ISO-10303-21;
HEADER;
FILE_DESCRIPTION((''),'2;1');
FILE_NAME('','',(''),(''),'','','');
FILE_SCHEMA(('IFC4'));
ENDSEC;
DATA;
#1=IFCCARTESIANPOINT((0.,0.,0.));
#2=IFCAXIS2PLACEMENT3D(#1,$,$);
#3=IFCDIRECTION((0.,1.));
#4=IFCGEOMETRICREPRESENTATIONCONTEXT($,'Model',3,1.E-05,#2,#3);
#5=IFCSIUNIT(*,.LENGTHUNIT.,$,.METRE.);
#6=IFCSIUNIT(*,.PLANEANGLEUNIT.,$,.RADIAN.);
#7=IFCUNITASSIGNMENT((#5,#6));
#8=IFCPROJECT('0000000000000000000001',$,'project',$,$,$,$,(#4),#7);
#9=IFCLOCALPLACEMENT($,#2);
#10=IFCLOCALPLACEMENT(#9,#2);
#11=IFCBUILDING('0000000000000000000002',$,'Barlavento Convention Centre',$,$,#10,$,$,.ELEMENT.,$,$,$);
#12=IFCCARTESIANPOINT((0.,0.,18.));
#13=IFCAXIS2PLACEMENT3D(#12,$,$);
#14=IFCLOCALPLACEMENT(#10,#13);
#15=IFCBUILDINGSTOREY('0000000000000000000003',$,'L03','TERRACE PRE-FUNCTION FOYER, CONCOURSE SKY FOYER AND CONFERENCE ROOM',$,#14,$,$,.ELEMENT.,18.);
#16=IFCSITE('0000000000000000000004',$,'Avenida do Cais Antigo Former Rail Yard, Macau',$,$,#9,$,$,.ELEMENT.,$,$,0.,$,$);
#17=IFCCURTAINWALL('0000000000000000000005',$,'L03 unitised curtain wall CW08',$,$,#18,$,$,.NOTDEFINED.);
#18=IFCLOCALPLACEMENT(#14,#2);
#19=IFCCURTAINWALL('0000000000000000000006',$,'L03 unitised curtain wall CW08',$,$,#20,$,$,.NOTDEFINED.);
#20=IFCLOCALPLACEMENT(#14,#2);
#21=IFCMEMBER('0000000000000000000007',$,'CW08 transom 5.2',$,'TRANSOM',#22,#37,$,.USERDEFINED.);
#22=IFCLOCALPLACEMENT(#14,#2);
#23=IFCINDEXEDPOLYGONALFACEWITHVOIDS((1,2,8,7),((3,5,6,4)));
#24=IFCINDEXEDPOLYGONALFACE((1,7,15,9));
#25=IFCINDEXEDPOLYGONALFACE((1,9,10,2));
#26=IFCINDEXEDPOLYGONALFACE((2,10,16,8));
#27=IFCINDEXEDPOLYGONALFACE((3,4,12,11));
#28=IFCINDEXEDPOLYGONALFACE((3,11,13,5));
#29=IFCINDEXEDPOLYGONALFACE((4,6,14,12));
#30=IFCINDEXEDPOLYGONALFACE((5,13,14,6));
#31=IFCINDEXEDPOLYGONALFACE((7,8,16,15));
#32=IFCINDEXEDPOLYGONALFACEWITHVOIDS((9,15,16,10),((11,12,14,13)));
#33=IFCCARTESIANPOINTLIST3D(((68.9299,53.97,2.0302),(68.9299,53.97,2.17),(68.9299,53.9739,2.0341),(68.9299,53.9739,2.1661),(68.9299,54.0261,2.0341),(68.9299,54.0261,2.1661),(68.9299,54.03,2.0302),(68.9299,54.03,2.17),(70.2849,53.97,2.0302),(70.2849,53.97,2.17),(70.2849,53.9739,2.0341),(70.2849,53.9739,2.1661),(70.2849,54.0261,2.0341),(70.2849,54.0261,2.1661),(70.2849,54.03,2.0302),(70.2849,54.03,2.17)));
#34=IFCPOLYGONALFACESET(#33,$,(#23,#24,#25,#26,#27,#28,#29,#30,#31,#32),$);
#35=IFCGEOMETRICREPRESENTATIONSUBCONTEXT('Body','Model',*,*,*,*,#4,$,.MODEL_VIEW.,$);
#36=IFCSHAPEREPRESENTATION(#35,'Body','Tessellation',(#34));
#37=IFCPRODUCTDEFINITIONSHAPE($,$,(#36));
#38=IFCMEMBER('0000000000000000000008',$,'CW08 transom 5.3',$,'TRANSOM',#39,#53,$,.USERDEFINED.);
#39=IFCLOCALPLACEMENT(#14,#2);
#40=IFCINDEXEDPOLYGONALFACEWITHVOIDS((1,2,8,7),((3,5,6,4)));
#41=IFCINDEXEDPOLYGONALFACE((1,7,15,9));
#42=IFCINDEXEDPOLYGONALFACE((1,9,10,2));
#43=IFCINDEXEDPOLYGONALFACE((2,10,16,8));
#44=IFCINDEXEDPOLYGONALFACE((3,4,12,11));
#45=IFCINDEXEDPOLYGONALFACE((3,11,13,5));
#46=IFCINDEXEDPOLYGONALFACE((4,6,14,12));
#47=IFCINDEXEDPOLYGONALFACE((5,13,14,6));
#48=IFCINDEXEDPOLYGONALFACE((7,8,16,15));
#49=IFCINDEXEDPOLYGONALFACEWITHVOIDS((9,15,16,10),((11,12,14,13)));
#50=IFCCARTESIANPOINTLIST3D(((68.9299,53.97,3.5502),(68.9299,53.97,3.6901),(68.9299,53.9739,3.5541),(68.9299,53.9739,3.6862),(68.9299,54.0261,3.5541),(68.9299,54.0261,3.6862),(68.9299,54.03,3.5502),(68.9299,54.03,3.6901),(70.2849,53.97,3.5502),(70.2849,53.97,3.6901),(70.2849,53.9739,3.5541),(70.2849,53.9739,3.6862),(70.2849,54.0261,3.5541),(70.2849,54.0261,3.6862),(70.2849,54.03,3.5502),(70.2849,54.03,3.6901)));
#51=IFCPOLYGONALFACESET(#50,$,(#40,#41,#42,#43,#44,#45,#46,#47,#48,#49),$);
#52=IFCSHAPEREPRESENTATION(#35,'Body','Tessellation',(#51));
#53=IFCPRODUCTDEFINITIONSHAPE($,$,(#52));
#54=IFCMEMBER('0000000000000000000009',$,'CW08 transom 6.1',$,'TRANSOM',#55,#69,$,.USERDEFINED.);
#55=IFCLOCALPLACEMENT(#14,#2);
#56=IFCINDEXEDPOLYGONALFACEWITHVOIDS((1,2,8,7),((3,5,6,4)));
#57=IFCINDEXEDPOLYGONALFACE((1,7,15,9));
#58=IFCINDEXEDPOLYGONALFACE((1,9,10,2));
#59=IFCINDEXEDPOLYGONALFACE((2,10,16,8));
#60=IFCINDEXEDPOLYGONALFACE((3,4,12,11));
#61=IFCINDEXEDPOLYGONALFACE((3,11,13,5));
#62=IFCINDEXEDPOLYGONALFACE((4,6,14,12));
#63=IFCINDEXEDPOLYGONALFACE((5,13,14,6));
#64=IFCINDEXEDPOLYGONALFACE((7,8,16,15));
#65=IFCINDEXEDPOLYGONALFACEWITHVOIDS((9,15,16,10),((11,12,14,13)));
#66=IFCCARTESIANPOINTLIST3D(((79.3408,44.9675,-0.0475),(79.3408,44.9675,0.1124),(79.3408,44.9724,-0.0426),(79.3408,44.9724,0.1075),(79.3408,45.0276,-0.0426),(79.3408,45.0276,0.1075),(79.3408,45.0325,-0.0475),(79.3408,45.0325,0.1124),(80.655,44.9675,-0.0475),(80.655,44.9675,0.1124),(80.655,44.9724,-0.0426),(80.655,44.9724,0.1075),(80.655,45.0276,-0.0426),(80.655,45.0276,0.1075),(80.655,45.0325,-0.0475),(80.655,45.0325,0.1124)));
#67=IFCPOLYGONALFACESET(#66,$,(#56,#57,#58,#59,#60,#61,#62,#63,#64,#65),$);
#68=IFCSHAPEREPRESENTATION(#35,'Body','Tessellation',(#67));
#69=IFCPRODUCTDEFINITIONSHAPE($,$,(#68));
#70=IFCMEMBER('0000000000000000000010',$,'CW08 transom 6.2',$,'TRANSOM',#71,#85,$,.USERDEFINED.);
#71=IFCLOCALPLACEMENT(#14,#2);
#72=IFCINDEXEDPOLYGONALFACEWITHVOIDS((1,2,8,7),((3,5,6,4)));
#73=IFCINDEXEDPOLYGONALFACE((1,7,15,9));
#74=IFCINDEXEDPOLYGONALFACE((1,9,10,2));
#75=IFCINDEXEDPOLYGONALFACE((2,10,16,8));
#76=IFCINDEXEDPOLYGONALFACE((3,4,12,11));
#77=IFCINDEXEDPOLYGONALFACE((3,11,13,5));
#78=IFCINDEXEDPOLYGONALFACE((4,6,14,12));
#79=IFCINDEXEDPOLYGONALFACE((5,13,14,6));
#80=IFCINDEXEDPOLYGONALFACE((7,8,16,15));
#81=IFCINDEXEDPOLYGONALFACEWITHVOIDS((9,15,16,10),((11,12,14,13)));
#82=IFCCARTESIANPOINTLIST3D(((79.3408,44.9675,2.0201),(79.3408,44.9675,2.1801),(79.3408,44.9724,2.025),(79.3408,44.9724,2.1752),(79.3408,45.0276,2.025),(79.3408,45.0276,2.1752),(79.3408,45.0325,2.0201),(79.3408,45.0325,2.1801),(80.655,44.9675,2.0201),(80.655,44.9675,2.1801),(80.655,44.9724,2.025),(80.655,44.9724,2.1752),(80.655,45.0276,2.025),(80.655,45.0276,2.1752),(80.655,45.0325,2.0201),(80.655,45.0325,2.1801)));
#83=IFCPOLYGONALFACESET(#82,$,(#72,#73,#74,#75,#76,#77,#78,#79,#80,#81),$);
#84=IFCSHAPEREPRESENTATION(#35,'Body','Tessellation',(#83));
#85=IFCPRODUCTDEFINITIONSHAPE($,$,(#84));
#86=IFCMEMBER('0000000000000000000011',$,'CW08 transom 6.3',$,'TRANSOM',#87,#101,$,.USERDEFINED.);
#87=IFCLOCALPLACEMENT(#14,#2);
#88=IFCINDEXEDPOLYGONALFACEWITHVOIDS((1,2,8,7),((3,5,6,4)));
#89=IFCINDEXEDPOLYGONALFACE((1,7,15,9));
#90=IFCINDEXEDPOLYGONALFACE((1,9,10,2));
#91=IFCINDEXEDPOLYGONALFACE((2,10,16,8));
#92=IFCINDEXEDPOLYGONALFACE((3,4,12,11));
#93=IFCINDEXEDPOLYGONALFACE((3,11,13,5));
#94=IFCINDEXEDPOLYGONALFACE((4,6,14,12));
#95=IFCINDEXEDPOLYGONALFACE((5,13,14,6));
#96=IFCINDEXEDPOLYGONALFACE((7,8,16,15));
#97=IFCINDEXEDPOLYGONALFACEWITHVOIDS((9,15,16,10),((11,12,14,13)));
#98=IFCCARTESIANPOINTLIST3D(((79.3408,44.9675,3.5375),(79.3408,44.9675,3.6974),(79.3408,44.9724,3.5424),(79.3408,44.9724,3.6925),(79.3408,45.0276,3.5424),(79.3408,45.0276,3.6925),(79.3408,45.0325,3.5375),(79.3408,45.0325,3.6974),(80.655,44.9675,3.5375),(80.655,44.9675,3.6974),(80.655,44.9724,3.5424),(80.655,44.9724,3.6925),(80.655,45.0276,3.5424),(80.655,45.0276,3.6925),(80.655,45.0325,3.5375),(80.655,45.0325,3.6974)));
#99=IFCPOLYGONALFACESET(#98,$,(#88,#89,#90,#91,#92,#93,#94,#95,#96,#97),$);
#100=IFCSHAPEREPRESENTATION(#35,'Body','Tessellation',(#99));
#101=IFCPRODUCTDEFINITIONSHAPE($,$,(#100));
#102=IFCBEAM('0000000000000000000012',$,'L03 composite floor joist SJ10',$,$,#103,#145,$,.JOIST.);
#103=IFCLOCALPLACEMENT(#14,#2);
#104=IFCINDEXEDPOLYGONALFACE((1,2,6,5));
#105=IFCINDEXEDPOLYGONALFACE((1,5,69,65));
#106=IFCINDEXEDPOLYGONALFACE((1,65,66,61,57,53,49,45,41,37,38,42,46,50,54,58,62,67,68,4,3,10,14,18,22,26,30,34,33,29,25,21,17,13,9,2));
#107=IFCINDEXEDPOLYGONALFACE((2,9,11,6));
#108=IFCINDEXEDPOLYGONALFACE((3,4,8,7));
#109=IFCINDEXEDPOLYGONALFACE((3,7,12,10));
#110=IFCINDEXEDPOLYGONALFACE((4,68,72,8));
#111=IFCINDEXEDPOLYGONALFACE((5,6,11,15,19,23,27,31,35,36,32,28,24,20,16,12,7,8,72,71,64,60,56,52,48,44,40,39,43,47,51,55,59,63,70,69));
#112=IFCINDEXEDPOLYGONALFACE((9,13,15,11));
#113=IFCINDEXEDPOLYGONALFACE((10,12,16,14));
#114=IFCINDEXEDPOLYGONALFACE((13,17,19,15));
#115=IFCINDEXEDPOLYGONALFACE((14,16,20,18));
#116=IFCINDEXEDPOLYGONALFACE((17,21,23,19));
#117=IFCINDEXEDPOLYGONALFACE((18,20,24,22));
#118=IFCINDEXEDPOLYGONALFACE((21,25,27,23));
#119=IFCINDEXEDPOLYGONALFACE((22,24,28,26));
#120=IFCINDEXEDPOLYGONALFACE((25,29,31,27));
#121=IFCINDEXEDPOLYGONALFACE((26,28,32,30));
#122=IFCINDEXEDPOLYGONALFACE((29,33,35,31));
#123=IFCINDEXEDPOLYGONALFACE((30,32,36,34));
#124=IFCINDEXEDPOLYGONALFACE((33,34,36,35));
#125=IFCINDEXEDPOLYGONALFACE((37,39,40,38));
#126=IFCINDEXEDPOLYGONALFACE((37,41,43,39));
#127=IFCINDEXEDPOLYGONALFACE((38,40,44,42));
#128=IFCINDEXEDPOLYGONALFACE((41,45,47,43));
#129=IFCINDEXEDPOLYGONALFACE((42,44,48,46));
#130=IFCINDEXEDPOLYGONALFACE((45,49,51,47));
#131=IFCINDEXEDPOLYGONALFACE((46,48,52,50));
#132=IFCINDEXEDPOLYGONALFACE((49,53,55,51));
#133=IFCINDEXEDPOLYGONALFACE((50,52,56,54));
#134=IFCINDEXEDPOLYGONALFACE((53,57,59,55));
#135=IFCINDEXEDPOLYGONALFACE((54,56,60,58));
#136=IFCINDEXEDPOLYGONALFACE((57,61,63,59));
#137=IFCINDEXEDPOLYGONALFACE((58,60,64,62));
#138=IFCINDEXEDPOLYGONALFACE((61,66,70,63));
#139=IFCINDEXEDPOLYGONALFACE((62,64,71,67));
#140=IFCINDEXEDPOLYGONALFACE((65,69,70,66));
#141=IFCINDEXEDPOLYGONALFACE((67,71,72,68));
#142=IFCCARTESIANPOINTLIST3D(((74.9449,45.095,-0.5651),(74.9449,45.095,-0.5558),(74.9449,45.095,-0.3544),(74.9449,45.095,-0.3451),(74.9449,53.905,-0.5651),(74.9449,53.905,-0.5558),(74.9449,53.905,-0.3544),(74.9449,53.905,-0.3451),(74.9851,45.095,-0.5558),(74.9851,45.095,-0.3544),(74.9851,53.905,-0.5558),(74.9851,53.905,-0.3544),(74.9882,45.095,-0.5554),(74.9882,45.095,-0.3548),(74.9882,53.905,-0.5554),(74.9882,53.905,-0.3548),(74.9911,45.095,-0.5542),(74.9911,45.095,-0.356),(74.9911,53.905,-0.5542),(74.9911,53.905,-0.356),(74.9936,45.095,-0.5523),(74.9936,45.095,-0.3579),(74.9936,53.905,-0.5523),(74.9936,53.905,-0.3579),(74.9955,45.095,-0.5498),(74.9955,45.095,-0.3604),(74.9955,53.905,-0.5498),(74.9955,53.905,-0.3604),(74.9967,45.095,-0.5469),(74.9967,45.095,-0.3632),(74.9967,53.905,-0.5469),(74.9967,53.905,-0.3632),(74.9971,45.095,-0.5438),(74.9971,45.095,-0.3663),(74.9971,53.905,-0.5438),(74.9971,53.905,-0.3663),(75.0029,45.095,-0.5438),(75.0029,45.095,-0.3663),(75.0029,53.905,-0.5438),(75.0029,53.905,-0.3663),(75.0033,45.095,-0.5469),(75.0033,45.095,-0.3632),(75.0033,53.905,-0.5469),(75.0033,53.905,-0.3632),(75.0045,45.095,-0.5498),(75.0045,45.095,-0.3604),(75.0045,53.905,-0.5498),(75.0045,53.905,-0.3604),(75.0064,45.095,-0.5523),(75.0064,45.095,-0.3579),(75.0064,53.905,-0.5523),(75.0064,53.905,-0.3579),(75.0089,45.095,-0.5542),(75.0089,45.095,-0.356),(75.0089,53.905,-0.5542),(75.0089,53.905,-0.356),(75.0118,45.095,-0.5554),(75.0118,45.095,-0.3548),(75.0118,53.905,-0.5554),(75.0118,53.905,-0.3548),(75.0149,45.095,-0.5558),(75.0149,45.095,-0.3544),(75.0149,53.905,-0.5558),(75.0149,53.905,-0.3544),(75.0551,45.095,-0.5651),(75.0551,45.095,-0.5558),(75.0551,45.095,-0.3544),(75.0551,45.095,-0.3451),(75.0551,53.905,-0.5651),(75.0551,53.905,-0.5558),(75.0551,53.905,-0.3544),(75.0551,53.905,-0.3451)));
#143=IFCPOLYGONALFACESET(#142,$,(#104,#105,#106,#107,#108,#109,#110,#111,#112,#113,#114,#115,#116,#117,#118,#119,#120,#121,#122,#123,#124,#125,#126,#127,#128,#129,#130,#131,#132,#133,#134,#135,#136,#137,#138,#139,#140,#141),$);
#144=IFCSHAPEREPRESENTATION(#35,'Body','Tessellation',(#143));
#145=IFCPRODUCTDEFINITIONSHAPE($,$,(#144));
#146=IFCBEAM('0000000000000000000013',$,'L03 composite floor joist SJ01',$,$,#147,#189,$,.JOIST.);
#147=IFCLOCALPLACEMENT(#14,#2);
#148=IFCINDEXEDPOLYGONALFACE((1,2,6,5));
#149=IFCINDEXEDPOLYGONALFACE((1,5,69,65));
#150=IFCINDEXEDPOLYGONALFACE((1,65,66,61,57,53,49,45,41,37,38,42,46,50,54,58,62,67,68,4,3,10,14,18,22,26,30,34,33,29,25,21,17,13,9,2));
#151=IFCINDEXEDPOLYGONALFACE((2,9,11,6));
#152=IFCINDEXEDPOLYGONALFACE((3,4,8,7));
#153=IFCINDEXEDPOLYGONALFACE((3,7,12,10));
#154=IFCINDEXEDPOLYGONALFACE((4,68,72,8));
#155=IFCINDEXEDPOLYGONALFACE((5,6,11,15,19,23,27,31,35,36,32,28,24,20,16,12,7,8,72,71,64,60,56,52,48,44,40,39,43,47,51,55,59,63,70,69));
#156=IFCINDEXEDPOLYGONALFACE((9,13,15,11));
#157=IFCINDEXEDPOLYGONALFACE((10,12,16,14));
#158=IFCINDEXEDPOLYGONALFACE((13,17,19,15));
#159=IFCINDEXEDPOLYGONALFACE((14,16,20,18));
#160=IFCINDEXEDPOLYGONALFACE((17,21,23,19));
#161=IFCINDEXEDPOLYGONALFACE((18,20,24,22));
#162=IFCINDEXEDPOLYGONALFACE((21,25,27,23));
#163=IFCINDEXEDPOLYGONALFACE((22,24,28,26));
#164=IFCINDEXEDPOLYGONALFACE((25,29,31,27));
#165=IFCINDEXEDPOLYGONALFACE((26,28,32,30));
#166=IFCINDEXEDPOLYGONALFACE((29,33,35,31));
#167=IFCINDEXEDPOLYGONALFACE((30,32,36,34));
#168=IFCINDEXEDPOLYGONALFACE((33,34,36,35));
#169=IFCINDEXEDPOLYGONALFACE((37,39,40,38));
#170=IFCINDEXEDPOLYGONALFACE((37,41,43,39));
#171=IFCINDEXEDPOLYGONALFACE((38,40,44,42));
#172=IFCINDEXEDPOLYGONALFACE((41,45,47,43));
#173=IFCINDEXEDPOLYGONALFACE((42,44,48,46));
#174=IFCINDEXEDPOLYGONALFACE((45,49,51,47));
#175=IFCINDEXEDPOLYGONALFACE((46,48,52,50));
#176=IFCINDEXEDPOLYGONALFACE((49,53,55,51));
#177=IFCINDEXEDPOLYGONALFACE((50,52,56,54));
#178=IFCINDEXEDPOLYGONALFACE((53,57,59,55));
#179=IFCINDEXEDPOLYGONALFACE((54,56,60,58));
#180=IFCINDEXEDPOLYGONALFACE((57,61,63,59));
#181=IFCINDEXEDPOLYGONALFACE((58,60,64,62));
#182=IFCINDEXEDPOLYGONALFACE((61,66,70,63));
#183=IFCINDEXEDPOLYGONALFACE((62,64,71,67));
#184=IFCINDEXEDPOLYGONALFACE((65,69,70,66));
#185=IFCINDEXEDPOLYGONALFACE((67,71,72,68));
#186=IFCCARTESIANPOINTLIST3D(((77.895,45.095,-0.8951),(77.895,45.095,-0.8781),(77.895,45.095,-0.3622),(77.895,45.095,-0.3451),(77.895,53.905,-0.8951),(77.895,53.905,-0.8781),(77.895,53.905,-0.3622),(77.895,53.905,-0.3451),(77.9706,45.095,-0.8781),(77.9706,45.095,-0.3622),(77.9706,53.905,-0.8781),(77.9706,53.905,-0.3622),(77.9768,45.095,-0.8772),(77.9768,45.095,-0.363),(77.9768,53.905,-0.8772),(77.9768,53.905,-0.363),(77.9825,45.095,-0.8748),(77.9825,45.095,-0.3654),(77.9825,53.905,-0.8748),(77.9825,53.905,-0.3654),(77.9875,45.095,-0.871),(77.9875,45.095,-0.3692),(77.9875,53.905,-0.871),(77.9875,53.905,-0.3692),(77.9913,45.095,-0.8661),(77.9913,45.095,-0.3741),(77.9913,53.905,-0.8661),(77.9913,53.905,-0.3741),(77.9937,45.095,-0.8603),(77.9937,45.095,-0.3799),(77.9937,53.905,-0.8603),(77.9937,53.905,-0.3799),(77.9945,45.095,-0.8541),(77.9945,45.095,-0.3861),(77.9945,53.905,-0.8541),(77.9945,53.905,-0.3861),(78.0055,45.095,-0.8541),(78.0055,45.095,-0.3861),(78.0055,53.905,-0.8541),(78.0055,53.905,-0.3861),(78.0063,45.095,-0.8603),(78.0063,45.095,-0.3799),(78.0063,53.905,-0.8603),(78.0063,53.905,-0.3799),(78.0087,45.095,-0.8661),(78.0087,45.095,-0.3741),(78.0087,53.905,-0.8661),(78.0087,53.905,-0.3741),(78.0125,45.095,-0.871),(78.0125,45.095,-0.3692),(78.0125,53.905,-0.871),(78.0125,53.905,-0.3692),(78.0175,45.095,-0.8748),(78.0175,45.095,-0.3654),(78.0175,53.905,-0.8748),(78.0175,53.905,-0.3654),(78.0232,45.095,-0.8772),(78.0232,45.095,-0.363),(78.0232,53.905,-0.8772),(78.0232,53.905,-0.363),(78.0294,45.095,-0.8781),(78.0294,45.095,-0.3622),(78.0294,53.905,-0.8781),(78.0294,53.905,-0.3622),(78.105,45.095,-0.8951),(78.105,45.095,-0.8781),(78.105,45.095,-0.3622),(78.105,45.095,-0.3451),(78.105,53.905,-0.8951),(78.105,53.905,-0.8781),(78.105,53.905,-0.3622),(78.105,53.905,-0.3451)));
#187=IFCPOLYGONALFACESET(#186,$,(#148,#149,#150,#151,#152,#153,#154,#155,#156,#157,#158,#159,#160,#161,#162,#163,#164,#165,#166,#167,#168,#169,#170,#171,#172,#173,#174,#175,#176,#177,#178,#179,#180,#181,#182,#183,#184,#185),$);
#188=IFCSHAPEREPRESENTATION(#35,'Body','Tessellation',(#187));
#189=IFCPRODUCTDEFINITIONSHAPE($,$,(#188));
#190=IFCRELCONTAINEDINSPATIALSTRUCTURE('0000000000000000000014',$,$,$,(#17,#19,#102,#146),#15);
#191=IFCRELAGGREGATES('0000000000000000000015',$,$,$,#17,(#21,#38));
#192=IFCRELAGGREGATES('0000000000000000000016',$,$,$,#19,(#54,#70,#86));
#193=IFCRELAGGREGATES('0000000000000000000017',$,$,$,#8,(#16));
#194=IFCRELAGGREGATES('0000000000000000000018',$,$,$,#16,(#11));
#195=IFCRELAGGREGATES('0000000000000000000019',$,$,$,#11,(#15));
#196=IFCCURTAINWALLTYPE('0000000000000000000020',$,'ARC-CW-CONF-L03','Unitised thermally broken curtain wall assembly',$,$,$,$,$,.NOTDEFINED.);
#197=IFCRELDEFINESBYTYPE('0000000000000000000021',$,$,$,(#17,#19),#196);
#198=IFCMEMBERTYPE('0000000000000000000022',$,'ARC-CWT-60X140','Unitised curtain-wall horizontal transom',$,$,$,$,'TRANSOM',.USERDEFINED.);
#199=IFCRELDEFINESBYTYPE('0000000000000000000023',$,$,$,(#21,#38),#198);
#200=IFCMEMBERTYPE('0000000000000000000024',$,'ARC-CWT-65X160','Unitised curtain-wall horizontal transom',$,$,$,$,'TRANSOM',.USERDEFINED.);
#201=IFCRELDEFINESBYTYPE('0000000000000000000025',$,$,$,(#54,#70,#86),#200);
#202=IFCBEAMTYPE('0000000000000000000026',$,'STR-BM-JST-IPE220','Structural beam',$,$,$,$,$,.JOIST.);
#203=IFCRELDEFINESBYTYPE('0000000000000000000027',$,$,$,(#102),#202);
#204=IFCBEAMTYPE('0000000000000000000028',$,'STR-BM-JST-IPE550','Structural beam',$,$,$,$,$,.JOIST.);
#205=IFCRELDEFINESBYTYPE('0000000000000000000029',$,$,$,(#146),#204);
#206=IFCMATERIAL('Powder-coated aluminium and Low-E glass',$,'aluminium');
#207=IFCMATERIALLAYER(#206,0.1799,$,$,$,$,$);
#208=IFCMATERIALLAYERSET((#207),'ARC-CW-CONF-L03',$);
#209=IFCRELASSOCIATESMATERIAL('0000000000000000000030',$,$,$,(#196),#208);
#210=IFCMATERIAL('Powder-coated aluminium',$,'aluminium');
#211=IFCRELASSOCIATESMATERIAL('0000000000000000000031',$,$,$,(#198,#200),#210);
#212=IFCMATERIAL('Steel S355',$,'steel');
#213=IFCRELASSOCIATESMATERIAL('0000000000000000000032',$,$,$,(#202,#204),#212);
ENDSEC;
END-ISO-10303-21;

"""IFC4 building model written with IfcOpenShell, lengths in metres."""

from ifc_helpers import new_model, si_unit, direction, frame, origin, origin_2d, place, context, subcontext, project, spatial, hollow_rectangle, i_section, extrude, material, layer, layer_set, material_profile, profile_set, type_object, element, aggregate, save


model = new_model("IFC4")

# Units and contexts
model_context = context("Model", 3, precision=1e-05, world=origin(), true_north=direction((0.0, 1.0)))
body_context = subcontext(model_context, "Body", "Model", "MODEL_VIEW")
ifc_project = project(units=[si_unit("LENGTHUNIT", "METRE"), si_unit("PLANEANGLEUNIT", "RADIAN")], contexts=[model_context])

# Site, building, storey
site_placement = place(None, origin())
site = spatial("IfcSite", under=ifc_project, at=site_placement, Name="Avenida do Cais Antigo Former Rail Yard, Macau", CompositionType="ELEMENT", RefElevation=0.0)
building_placement = place(site_placement, origin())
building = spatial("IfcBuilding", under=site, at=building_placement, Name="Barlavento Convention Centre", CompositionType="ELEMENT")
storey_placement = place(building_placement, frame((0.0, 0.0, 18.0)))
storey = spatial("IfcBuildingStorey", under=building, at=storey_placement, Name="L03", Description="TERRACE PRE-FUNCTION FOYER, CONCOURSE SKY FOYER AND CONFERENCE ROOM", CompositionType="ELEMENT", Elevation=18.0)

# Shared definitions
ifc_material_1 = material(Name="Steel S355", Category="steel")

# Curtain walls
ifc_material_2 = material(Name="Powder-coated aluminium and Low-E glass", Category="aluminium")
ifc_layer_1 = layer(ifc_material_2, 0.1799)
ifc_layer_set_1 = layer_set([ifc_layer_1], Name="ARC-CW-CONF-L03")
curtain_wall_type = type_object("IfcCurtainWallType", Name="ARC-CW-CONF-L03", Description="Unitised thermally broken curtain wall assembly", PredefinedType="NOTDEFINED", material=ifc_layer_set_1)
curtain_wall_1_placement = place(storey_placement, origin())
curtain_wall_1 = element("IfcCurtainWall", 1, at=curtain_wall_1_placement, inside=storey, type_object=curtain_wall_type, Name="L03 unitised curtain wall CW08", PredefinedType="NOTDEFINED")
ifc_material_3 = material(Name="Powder-coated aluminium", Category="aluminium")
curtain_wall_2_placement = place(storey_placement, origin())
curtain_wall_2 = element("IfcCurtainWall", 2, at=curtain_wall_2_placement, inside=storey, type_object=curtain_wall_type, Name="L03 unitised curtain wall CW08", PredefinedType="NOTDEFINED")

# Members
ifc_material_profile_1 = material_profile(ifc_material_3, hollow_rectangle(XDim=0.0601, YDim=0.1399, WallThickness=0.0039, at=origin_2d()), Name="AL-TRAN 60x140x4")
ifc_profile_set_1 = profile_set([ifc_material_profile_1], Name="Powder-coated aluminium")
member_type_1 = type_object("IfcMemberType", Name="ARC-CWT-60X140", Description="Unitised curtain-wall horizontal transom", ElementType="TRANSOM", PredefinedType="USERDEFINED", material=ifc_profile_set_1)
member_1_placement = place(storey_placement, frame((68.9299, 54.0, 2.1001), z_axis=(1.0, 0.0, 0.0), x_axis=(0.0, 1.0, 0.0)))
member_1 = element("IfcMember", 3, at=member_1_placement, type_object=member_type_1, Name="CW08 transom 5.2", ObjectType="TRANSOM", PredefinedType="USERDEFINED", context=body_context, shape_type="SweptSolid", body=[
    extrude(hollow_rectangle(XDim=0.0601, YDim=0.1399, WallThickness=0.0039, at=origin_2d()), origin(), (0.0, 0.0, 1.0), 1.355),
])
member_2_placement = place(storey_placement, frame((68.9299, 54.0, 3.6201), z_axis=(1.0, 0.0, 0.0), x_axis=(0.0, 1.0, 0.0)))
member_2 = element("IfcMember", 4, at=member_2_placement, type_object=member_type_1, Name="CW08 transom 5.3", ObjectType="TRANSOM", PredefinedType="USERDEFINED", context=body_context, shape_type="SweptSolid", body=[
    extrude(hollow_rectangle(XDim=0.0601, YDim=0.1399, WallThickness=0.0039, at=origin_2d()), origin(), (0.0, 0.0, 1.0), 1.355),
])
ifc_material_profile_2 = material_profile(ifc_material_3, hollow_rectangle(XDim=0.0649, YDim=0.1599, WallThickness=0.0049, at=origin_2d()), Name="AL-TRAN 65x160x5")
ifc_profile_set_2 = profile_set([ifc_material_profile_2], Name="Powder-coated aluminium")
member_type_2 = type_object("IfcMemberType", Name="ARC-CWT-65X160", Description="Unitised curtain-wall horizontal transom", ElementType="TRANSOM", PredefinedType="USERDEFINED", material=ifc_profile_set_2)
member_3_placement = place(storey_placement, frame((79.3408, 45.0, 0.0325), z_axis=(1.0, 0.0, 0.0), x_axis=(0.0, 1.0, 0.0)))
member_3 = element("IfcMember", 5, at=member_3_placement, type_object=member_type_2, Name="CW08 transom 6.1", ObjectType="TRANSOM", PredefinedType="USERDEFINED", context=body_context, shape_type="SweptSolid", body=[
    extrude(hollow_rectangle(XDim=0.0649, YDim=0.1599, WallThickness=0.0049, at=origin_2d()), origin(), (0.0, 0.0, 1.0), 1.3142),
])
member_4_placement = place(storey_placement, frame((79.3408, 45.0, 2.1001), z_axis=(1.0, 0.0, 0.0), x_axis=(0.0, 1.0, 0.0)))
member_4 = element("IfcMember", 6, at=member_4_placement, type_object=member_type_2, Name="CW08 transom 6.2", ObjectType="TRANSOM", PredefinedType="USERDEFINED", context=body_context, shape_type="SweptSolid", body=[
    extrude(hollow_rectangle(XDim=0.0649, YDim=0.1599, WallThickness=0.0049, at=origin_2d()), origin(), (0.0, 0.0, 1.0), 1.3142),
])
member_5_placement = place(storey_placement, frame((79.3408, 45.0, 3.6174), z_axis=(1.0, 0.0, 0.0), x_axis=(0.0, 1.0, 0.0)))
member_5 = element("IfcMember", 7, at=member_5_placement, type_object=member_type_2, Name="CW08 transom 6.3", ObjectType="TRANSOM", PredefinedType="USERDEFINED", context=body_context, shape_type="SweptSolid", body=[
    extrude(hollow_rectangle(XDim=0.0649, YDim=0.1599, WallThickness=0.0049, at=origin_2d()), origin(), (0.0, 0.0, 1.0), 1.3142),
])

# Beams
ifc_material_profile_3 = material_profile(ifc_material_1, i_section(OverallWidth=0.1101, OverallDepth=0.22, WebThickness=0.0059, FlangeThickness=0.0093, FilletRadius=0.012, at=origin_2d()), Name="IPE 220")
ifc_profile_set_3 = profile_set([ifc_material_profile_3], Name="Steel S355")
beam_type_1 = type_object("IfcBeamType", Name="STR-BM-JST-IPE220", Description="Structural beam", PredefinedType="JOIST", material=ifc_profile_set_3)
beam_1_placement = place(storey_placement, frame((75.0, 45.095, -0.4551), z_axis=(0.0, 1.0, 0.0), x_axis=(-1.0, 0.0, 0.0)))
element("IfcBeam", 8, at=beam_1_placement, inside=storey, type_object=beam_type_1, Name="L03 composite floor joist SJ10", PredefinedType="JOIST", context=body_context, shape_type="SweptSolid", body=[
    extrude(i_section(OverallWidth=0.1101, OverallDepth=0.22, WebThickness=0.0059, FlangeThickness=0.0093, FilletRadius=0.012, at=origin_2d()), origin(), (0.0, 0.0, 1.0), 8.8101),
])
ifc_material_profile_4 = material_profile(ifc_material_1, i_section(OverallWidth=0.21, OverallDepth=0.55, WebThickness=0.011, FlangeThickness=0.0171, FilletRadius=0.0239, at=origin_2d()), Name="IPE 550")
ifc_profile_set_4 = profile_set([ifc_material_profile_4], Name="Steel S355")
beam_type_2 = type_object("IfcBeamType", Name="STR-BM-JST-IPE550", Description="Structural beam", PredefinedType="JOIST", material=ifc_profile_set_4)
beam_2_placement = place(storey_placement, frame((78.0, 45.095, -0.6201), z_axis=(0.0, 1.0, 0.0), x_axis=(-1.0, 0.0, 0.0)))
element("IfcBeam", 9, at=beam_2_placement, inside=storey, type_object=beam_type_2, Name="L03 composite floor joist SJ01", PredefinedType="JOIST", context=body_context, shape_type="SweptSolid", body=[
    extrude(i_section(OverallWidth=0.21, OverallDepth=0.55, WebThickness=0.011, FlangeThickness=0.0171, FilletRadius=0.0239, at=origin_2d()), origin(), (0.0, 0.0, 1.0), 8.8101),
])

aggregate(curtain_wall_1, [member_1, member_2])
aggregate(curtain_wall_2, [member_3, member_4, member_5])

save(model, "model.ifc")
